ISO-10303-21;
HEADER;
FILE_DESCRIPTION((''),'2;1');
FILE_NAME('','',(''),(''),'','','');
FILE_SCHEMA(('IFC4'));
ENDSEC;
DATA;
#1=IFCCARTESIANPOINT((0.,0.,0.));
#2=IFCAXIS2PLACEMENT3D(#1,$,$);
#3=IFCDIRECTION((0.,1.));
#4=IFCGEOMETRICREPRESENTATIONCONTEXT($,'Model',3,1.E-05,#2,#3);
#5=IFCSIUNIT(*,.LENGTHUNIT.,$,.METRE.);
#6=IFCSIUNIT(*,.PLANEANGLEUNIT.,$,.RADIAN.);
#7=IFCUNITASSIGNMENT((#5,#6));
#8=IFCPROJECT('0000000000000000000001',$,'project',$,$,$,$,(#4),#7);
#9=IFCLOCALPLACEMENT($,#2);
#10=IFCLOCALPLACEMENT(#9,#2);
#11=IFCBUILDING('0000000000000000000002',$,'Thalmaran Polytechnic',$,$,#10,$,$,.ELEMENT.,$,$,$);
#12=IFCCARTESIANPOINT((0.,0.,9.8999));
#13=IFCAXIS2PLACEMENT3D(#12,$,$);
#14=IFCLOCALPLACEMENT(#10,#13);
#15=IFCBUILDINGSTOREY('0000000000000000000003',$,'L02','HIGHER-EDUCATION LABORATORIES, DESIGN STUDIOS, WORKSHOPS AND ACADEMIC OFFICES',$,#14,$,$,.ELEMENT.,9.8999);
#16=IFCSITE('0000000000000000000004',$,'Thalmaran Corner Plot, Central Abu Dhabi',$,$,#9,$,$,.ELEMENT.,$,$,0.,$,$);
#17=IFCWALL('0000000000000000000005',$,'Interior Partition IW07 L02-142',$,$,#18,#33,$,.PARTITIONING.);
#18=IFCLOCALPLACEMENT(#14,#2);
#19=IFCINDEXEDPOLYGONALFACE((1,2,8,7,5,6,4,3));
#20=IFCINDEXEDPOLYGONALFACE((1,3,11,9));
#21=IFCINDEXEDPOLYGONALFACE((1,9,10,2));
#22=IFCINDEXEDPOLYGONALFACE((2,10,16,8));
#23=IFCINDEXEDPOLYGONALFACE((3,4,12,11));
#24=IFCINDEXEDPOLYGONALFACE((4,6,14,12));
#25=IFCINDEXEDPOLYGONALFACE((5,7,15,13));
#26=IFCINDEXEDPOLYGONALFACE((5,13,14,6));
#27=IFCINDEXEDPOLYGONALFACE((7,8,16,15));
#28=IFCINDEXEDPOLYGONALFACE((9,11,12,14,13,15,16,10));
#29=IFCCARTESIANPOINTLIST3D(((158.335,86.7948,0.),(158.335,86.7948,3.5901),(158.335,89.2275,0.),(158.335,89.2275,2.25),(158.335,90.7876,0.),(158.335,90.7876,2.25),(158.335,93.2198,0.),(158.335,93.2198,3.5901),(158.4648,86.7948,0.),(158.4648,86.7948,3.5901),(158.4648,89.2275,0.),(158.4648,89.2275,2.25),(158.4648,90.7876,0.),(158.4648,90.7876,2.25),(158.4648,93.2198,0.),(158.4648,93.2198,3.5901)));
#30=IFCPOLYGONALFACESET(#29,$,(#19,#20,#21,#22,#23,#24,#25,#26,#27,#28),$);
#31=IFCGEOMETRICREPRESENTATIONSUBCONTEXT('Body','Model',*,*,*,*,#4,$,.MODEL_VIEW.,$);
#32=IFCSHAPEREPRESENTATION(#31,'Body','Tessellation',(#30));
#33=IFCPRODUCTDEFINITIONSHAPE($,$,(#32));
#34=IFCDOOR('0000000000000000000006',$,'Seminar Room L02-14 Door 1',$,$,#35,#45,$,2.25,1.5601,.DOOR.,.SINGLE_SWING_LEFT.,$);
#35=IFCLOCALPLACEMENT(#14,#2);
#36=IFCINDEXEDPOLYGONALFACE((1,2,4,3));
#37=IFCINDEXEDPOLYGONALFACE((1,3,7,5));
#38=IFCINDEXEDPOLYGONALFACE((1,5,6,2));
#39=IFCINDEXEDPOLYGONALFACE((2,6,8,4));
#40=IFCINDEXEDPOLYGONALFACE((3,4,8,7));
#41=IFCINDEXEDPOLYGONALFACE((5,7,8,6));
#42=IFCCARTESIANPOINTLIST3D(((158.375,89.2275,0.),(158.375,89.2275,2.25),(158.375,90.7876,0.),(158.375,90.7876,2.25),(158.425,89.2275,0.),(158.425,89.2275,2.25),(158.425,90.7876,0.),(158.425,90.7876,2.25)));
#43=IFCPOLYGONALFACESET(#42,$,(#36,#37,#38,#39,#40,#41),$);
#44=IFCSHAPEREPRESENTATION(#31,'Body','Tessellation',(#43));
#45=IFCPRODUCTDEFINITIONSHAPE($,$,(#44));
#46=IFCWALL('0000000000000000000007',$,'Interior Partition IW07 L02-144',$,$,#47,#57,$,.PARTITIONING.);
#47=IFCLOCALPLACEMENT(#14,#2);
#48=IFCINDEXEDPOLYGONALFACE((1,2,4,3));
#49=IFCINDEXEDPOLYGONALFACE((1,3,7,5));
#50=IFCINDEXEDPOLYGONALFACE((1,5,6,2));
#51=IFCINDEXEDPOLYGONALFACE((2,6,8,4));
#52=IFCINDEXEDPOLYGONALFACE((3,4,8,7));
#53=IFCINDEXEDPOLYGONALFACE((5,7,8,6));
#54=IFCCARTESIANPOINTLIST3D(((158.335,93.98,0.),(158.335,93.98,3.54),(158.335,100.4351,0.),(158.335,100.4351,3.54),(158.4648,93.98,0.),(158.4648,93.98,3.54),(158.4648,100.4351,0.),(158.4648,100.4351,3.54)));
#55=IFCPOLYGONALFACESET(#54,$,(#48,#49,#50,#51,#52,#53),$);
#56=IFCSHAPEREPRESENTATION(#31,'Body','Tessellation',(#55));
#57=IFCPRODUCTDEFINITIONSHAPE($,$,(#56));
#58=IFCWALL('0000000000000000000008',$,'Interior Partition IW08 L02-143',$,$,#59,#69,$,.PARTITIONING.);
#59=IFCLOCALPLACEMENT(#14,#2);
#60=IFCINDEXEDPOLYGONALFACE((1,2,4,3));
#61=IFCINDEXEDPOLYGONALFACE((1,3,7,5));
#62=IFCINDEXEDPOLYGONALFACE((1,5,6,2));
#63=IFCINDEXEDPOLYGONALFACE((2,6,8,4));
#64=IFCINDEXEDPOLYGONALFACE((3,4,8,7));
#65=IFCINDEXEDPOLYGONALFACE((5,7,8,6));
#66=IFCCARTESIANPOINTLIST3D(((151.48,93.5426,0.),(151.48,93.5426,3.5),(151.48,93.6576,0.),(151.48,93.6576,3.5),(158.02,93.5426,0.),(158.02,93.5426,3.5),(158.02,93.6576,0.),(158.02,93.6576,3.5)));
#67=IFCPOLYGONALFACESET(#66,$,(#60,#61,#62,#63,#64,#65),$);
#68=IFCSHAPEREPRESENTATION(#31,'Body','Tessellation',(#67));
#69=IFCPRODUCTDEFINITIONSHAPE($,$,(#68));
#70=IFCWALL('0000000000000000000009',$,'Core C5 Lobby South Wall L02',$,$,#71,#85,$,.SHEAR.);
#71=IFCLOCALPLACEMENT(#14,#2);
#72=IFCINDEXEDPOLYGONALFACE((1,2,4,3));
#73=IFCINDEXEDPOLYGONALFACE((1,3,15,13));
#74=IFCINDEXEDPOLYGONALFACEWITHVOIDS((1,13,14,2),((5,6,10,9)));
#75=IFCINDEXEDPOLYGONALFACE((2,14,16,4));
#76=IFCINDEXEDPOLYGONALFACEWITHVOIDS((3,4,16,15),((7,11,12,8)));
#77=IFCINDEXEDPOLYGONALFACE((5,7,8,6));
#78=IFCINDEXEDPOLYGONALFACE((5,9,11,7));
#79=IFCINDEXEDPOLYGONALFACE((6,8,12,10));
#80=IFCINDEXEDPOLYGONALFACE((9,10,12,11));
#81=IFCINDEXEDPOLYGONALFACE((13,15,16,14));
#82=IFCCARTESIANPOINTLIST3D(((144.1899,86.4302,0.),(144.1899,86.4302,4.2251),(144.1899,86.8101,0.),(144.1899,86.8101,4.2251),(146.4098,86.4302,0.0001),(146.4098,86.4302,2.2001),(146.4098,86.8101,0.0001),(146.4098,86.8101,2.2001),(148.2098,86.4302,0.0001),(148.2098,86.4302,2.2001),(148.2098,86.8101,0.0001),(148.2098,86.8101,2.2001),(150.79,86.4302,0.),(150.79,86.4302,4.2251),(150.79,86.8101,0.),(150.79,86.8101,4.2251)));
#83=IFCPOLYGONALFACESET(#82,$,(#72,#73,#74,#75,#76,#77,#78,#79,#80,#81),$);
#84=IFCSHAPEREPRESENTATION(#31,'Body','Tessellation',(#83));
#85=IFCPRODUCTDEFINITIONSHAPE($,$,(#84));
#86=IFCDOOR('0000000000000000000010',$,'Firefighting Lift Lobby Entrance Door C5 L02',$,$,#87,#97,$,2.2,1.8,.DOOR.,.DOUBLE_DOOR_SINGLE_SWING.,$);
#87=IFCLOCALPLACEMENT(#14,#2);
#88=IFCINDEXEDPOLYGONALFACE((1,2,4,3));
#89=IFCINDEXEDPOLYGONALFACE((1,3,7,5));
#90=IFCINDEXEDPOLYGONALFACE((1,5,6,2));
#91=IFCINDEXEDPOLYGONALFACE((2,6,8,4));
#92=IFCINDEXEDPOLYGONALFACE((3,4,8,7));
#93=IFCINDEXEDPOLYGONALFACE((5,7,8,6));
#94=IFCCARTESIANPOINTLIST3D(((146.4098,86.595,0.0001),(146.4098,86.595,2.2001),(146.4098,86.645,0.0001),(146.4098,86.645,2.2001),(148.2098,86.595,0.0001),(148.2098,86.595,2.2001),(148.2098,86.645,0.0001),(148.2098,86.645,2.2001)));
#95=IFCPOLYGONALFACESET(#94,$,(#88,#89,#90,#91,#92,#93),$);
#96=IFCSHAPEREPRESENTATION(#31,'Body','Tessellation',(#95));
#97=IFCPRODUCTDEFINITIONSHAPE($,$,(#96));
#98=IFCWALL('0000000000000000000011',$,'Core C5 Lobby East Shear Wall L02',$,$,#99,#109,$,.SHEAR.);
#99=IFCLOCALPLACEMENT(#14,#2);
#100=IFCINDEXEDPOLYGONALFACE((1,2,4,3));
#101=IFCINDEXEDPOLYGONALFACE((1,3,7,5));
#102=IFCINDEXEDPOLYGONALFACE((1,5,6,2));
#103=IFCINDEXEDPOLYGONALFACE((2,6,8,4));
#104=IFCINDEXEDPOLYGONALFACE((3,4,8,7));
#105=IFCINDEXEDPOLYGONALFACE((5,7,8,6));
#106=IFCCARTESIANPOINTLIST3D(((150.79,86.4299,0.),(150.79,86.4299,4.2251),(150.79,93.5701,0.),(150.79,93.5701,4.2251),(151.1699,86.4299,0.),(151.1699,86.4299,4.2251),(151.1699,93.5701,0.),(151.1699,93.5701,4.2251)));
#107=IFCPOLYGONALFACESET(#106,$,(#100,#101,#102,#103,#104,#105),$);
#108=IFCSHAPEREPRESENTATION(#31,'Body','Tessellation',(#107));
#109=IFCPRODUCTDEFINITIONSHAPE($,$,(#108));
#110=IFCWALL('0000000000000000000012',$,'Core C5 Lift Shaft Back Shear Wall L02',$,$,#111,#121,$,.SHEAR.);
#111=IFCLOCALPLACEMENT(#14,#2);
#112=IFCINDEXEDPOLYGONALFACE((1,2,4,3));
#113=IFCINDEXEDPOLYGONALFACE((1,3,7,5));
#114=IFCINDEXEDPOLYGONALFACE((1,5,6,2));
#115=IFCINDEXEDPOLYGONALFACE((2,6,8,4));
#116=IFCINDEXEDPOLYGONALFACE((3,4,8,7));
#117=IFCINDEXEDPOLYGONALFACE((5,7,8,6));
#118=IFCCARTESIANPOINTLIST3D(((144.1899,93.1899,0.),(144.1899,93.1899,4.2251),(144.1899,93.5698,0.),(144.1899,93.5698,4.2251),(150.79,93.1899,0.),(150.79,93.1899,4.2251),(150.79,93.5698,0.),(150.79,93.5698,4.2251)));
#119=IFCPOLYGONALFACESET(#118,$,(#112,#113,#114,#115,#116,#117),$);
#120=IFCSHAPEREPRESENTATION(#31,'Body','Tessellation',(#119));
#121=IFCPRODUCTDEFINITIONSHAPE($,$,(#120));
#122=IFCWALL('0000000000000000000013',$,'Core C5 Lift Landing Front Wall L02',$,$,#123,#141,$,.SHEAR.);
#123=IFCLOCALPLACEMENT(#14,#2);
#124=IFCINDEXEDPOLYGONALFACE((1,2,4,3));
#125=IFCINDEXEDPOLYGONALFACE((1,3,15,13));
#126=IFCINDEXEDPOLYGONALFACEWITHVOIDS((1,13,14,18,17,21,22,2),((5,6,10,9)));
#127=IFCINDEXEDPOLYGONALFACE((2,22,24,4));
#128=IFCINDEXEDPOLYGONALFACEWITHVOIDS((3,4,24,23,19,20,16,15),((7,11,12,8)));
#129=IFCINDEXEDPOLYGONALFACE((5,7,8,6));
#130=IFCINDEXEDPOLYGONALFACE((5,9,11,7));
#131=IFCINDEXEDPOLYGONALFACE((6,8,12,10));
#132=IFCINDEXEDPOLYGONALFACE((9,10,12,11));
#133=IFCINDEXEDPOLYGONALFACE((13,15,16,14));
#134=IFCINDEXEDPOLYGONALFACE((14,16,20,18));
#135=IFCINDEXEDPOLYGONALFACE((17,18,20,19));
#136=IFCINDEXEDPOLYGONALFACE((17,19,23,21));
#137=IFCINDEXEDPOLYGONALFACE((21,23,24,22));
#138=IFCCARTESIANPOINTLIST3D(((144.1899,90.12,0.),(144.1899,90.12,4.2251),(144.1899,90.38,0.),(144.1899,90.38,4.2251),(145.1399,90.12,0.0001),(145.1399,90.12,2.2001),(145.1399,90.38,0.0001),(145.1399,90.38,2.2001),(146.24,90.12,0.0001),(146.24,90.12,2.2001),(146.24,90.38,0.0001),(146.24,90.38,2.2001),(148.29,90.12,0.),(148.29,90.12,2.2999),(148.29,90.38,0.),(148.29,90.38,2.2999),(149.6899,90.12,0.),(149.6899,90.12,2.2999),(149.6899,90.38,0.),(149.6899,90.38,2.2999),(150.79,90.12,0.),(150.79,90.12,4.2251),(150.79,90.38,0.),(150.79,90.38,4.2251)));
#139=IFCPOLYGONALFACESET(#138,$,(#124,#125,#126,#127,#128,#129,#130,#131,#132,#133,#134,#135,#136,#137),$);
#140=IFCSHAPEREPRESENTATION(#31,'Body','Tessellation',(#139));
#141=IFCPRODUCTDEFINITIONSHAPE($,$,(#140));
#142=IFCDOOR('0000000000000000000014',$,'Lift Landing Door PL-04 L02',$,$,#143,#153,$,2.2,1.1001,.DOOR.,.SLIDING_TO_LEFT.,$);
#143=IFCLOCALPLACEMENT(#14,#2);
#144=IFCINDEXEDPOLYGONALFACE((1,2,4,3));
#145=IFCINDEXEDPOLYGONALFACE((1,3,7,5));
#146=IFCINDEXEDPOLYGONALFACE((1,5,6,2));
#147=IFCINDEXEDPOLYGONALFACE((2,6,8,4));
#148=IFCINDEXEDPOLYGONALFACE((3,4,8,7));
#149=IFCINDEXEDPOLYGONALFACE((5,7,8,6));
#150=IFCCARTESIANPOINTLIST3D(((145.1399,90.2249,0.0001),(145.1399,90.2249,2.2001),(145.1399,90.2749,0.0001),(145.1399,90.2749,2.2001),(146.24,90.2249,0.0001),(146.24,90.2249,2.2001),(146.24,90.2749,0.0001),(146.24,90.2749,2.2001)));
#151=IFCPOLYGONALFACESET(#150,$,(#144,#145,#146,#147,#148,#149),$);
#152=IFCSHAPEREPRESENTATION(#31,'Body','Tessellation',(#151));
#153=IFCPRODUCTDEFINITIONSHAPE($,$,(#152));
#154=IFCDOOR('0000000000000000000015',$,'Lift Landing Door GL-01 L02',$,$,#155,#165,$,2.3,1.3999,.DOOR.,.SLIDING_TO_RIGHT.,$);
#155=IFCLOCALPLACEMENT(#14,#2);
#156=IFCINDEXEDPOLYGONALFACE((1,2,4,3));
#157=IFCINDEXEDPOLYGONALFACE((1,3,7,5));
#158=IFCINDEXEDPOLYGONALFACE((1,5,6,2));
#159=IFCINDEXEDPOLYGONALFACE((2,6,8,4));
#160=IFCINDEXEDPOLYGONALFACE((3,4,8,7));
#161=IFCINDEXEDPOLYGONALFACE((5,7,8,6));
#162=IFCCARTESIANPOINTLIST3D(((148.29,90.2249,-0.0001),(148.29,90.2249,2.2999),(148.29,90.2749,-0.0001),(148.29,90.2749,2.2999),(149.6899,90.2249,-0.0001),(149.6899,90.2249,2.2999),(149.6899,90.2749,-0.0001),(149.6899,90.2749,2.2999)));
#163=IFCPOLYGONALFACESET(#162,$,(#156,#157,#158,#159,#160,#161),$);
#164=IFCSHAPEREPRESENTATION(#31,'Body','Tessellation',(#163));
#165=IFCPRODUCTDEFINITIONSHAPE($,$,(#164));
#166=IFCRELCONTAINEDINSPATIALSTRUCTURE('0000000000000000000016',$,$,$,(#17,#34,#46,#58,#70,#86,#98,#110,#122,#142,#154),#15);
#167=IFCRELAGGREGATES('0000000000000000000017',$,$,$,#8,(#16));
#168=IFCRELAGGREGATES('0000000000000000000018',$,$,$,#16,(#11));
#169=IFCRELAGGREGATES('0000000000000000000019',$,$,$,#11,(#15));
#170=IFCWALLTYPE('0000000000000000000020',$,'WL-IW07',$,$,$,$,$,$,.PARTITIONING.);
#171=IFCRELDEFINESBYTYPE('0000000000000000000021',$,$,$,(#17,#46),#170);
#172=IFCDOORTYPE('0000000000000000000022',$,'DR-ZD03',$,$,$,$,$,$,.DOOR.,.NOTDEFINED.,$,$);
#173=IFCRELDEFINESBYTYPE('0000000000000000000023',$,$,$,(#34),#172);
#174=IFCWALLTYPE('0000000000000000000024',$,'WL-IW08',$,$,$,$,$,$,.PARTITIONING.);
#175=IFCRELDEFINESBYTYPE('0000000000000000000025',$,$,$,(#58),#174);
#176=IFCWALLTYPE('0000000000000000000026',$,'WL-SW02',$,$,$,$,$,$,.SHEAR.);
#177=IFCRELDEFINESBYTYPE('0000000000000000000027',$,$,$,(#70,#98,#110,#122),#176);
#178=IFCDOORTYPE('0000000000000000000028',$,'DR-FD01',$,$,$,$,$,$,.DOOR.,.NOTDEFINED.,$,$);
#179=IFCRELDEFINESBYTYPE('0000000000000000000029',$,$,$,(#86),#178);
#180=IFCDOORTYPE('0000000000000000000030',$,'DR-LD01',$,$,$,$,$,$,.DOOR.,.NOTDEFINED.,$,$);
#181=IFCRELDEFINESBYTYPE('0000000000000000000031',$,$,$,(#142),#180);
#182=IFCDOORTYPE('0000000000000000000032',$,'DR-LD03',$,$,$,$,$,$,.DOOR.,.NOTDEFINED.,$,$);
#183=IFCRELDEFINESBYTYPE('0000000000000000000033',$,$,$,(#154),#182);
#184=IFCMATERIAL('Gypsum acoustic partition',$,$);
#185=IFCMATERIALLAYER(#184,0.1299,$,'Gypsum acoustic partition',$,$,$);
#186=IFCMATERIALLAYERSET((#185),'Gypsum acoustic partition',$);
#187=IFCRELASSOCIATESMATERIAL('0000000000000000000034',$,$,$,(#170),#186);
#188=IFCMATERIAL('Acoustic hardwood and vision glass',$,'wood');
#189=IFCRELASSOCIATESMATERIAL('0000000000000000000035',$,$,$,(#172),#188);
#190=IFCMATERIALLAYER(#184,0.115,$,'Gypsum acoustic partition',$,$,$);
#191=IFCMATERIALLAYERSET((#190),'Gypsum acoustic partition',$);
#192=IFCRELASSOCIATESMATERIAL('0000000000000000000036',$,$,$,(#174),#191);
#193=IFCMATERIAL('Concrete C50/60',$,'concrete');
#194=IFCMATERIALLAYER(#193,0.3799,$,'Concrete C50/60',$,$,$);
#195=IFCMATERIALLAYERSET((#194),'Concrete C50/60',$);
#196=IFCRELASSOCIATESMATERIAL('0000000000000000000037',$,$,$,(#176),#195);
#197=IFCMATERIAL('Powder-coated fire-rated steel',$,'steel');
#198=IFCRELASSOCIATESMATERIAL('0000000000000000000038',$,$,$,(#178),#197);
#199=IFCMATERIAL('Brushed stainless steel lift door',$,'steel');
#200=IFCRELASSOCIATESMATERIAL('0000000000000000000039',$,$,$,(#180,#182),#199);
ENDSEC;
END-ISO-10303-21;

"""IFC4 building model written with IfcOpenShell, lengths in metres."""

from ifc_helpers import new_model, si_unit, direction, frame, frame_2d, origin, place, context, subcontext, project, spatial, rectangle, extrude, material, layer, layer_set, type_object, element, fill, save


model = new_model("IFC4")

# Units and contexts
model_context = context("Model", 3, precision=1e-05, world=origin(), true_north=direction((0.0, 1.0)))
body_context = subcontext(model_context, "Body", "Model", "MODEL_VIEW")
ifc_project = project(units=[si_unit("LENGTHUNIT", "METRE"), si_unit("PLANEANGLEUNIT", "RADIAN")], contexts=[model_context])

# Site, building, storey
site_placement = place(None, origin())
site = spatial("IfcSite", under=ifc_project, at=site_placement, Name="Thalmaran Corner Plot, Central Abu Dhabi", CompositionType="ELEMENT", RefElevation=0.0)
building_placement = place(site_placement, origin())
building = spatial("IfcBuilding", under=site, at=building_placement, Name="Thalmaran Polytechnic", CompositionType="ELEMENT")
storey_placement = place(building_placement, frame((0.0, 0.0, 9.8999)))
storey = spatial("IfcBuildingStorey", under=building, at=storey_placement, Name="L02", Description="HIGHER-EDUCATION LABORATORIES, DESIGN STUDIOS, WORKSHOPS AND ACADEMIC OFFICES", CompositionType="ELEMENT", Elevation=9.8999)

# Shared definitions
ifc_material_1 = material(Name="Concrete C50/60", Category="concrete")

# Wall, opening, door
ifc_material_2 = material(Name="Gypsum acoustic partition")
ifc_layer_1 = layer(ifc_material_2, 0.1299, Name="Gypsum acoustic partition")
ifc_layer_set_1 = layer_set([ifc_layer_1], Name="Gypsum acoustic partition")
wall_type_1 = type_object("IfcWallType", Name="WL-IW07", PredefinedType="PARTITIONING", material=ifc_layer_set_1)
wall_1_placement = place(storey_placement, frame((158.3999, 86.7949, 0.0), z_axis=(0.0, 0.0, 1.0), x_axis=(0.0, 1.0, 0.0)))
wall_1 = element("IfcWall", 1, at=wall_1_placement, inside=storey, type_object=wall_type_1, Name="Interior Partition IW07 L02-142", PredefinedType="PARTITIONING", context=body_context, shape_type="SweptSolid", body=[
    extrude(rectangle(XDim=6.425, YDim=0.1299, at=frame_2d((3.2124, 0.0))), origin(), (0.0, 0.0, 1.0), 3.5901),
])
opening_1_placement = place(wall_1_placement, frame((2.4326, 0.0, 0.0)))
opening_1 = element("IfcOpeningElement", 2, at=opening_1_placement, cuts=wall_1, PredefinedType="OPENING", context=body_context, shape_type="SweptSolid", body=[
    extrude(rectangle(XDim=1.5601, YDim=2.25, at=frame_2d((0.78, 1.125))), frame((0.0, 0.075, 0.0), z_axis=(0.0, -1.0, 0.0), x_axis=(1.0, 0.0, 0.0)), (0.0, 0.0, 1.0), 0.1499),
])
ifc_material_3 = material(Name="Acoustic hardwood and vision glass", Category="wood")
door_type_1 = type_object("IfcDoorType", Name="DR-ZD03", OperationType="NOTDEFINED", PredefinedType="DOOR", material=ifc_material_3)
door_1_placement = place(opening_1_placement, origin())
door_1 = element("IfcDoor", 3, at=door_1_placement, inside=storey, type_object=door_type_1, Name="Seminar Room L02-14 Door 1", OperationType="SINGLE_SWING_LEFT", OverallHeight=2.25, OverallWidth=1.5601, PredefinedType="DOOR", context=body_context, shape_type="SweptSolid", body=[
    extrude(rectangle(XDim=1.5601, YDim=2.25, at=frame_2d((0.78, 1.125))), frame((0.0, 0.0249, 0.0), z_axis=(0.0, -1.0, 0.0), x_axis=(1.0, 0.0, 0.0)), (0.0, 0.0, 1.0), 0.05),
])
fill(opening_1, door_1)

# Walls
wall_2_placement = place(storey_placement, frame((158.3999, 93.98, 0.0), z_axis=(0.0, 0.0, 1.0), x_axis=(0.0, 1.0, 0.0)))
element("IfcWall", 4, at=wall_2_placement, inside=storey, type_object=wall_type_1, Name="Interior Partition IW07 L02-144", PredefinedType="PARTITIONING", context=body_context, shape_type="SweptSolid", body=[
    extrude(rectangle(XDim=6.4551, YDim=0.1299, at=frame_2d((3.2275, 0.0))), origin(), (0.0, 0.0, 1.0), 3.54),
])
ifc_layer_2 = layer(ifc_material_2, 0.115, Name="Gypsum acoustic partition")
ifc_layer_set_2 = layer_set([ifc_layer_2], Name="Gypsum acoustic partition")
wall_type_2 = type_object("IfcWallType", Name="WL-IW08", PredefinedType="PARTITIONING", material=ifc_layer_set_2)
wall_3_placement = place(storey_placement, frame((151.48, 93.6001, 0.0), z_axis=(0.0, 0.0, 1.0), x_axis=(1.0, 0.0, 0.0)))
element("IfcWall", 5, at=wall_3_placement, inside=storey, type_object=wall_type_2, Name="Interior Partition IW08 L02-143", PredefinedType="PARTITIONING", context=body_context, shape_type="SweptSolid", body=[
    extrude(rectangle(XDim=6.54, YDim=0.115, at=frame_2d((3.27, 0.0))), origin(), (0.0, 0.0, 1.0), 3.5),
])

# Wall, opening, door
ifc_layer_3 = layer(ifc_material_1, 0.3799, Name="Concrete C50/60")
ifc_layer_set_3 = layer_set([ifc_layer_3], Name="Concrete C50/60")
wall_type_3 = type_object("IfcWallType", Name="WL-SW02", PredefinedType="SHEAR", material=ifc_layer_set_3)
wall_4_placement = place(storey_placement, frame((144.1899, 86.6201, 0.0), z_axis=(0.0, 0.0, 1.0), x_axis=(1.0, 0.0, 0.0)))
wall_4 = element("IfcWall", 6, at=wall_4_placement, inside=storey, type_object=wall_type_3, Name="Core C5 Lobby South Wall L02", PredefinedType="SHEAR", context=body_context, shape_type="SweptSolid", body=[
    extrude(rectangle(XDim=6.6001, YDim=0.3799, at=frame_2d((3.3, 0.0))), origin(), (0.0, 0.0, 1.0), 4.2251),
])
opening_2_placement = place(wall_4_placement, frame((2.22, 0.0, 0.0)))
opening_2 = element("IfcOpeningElement", 7, at=opening_2_placement, cuts=wall_4, PredefinedType="OPENING", context=body_context, shape_type="SweptSolid", body=[
    extrude(rectangle(XDim=1.8, YDim=2.2, at=frame_2d((0.8999, 1.1001))), frame((0.0, 0.2, 0.0), z_axis=(0.0, -1.0, 0.0), x_axis=(1.0, 0.0, 0.0)), (0.0, 0.0, 1.0), 0.3999),
])
ifc_material_4 = material(Name="Powder-coated fire-rated steel", Category="steel")
door_type_2 = type_object("IfcDoorType", Name="DR-FD01", OperationType="NOTDEFINED", PredefinedType="DOOR", material=ifc_material_4)
door_2_placement = place(opening_2_placement, origin())
door_2 = element("IfcDoor", 8, at=door_2_placement, inside=storey, type_object=door_type_2, Name="Firefighting Lift Lobby Entrance Door C5 L02", OperationType="DOUBLE_DOOR_SINGLE_SWING", OverallHeight=2.2, OverallWidth=1.8, PredefinedType="DOOR", context=body_context, shape_type="SweptSolid", body=[
    extrude(rectangle(XDim=1.8, YDim=2.2, at=frame_2d((0.8999, 1.1001))), frame((0.0, 0.0249, 0.0), z_axis=(0.0, -1.0, 0.0), x_axis=(1.0, 0.0, 0.0)), (0.0, 0.0, 1.0), 0.05),
])
fill(opening_2, door_2)

# Walls
wall_5_placement = place(storey_placement, frame((150.98, 86.4299, 0.0), z_axis=(0.0, 0.0, 1.0), x_axis=(0.0, 1.0, 0.0)))
element("IfcWall", 9, at=wall_5_placement, inside=storey, type_object=wall_type_3, Name="Core C5 Lobby East Shear Wall L02", PredefinedType="SHEAR", context=body_context, shape_type="SweptSolid", body=[
    extrude(rectangle(XDim=7.1401, YDim=0.3799, at=frame_2d((3.5701, 0.0))), origin(), (0.0, 0.0, 1.0), 4.2251),
])
wall_6_placement = place(storey_placement, frame((144.1899, 93.3799, 0.0), z_axis=(0.0, 0.0, 1.0), x_axis=(1.0, 0.0, 0.0)))
element("IfcWall", 10, at=wall_6_placement, inside=storey, type_object=wall_type_3, Name="Core C5 Lift Shaft Back Shear Wall L02", PredefinedType="SHEAR", context=body_context, shape_type="SweptSolid", body=[
    extrude(rectangle(XDim=6.6001, YDim=0.3799, at=frame_2d((3.3, 0.0))), origin(), (0.0, 0.0, 1.0), 4.2251),
])

# Wall, openings, doors
wall_7_placement = place(storey_placement, frame((144.1899, 90.25, 0.0), z_axis=(0.0, 0.0, 1.0), x_axis=(1.0, 0.0, 0.0)))
wall_7 = element("IfcWall", 11, at=wall_7_placement, inside=storey, type_object=wall_type_3, Name="Core C5 Lift Landing Front Wall L02", PredefinedType="SHEAR", context=body_context, shape_type="SweptSolid", body=[
    extrude(rectangle(XDim=6.6001, YDim=0.26, at=frame_2d((3.3, 0.0))), origin(), (0.0, 0.0, 1.0), 4.2251),
])
opening_3_placement = place(wall_7_placement, frame((0.95, 0.0, 0.0)))
opening_3 = element("IfcOpeningElement", 12, at=opening_3_placement, cuts=wall_7, PredefinedType="OPENING", context=body_context, shape_type="SweptSolid", body=[
    extrude(rectangle(XDim=1.1001, YDim=2.2, at=frame_2d((0.55, 1.1001))), frame((0.0, 0.1399, 0.0), z_axis=(0.0, -1.0, 0.0), x_axis=(1.0, 0.0, 0.0)), (0.0, 0.0, 1.0), 0.28),
])
opening_4_placement = place(wall_7_placement, frame((4.1001, 0.0, 0.0)))
opening_4 = element("IfcOpeningElement", 13, at=opening_4_placement, cuts=wall_7, PredefinedType="OPENING", context=body_context, shape_type="SweptSolid", body=[
    extrude(rectangle(XDim=1.3999, YDim=2.3, at=frame_2d((0.7, 1.1499))), frame((0.0, 0.1399, 0.0), z_axis=(0.0, -1.0, 0.0), x_axis=(1.0, 0.0, 0.0)), (0.0, 0.0, 1.0), 0.28),
])
ifc_material_5 = material(Name="Brushed stainless steel lift door", Category="steel")
door_type_3 = type_object("IfcDoorType", Name="DR-LD01", OperationType="NOTDEFINED", PredefinedType="DOOR", material=ifc_material_5)
door_3_placement = place(opening_3_placement, origin())
door_3 = element("IfcDoor", 14, at=door_3_placement, inside=storey, type_object=door_type_3, Name="Lift Landing Door PL-04 L02", OperationType="SLIDING_TO_LEFT", OverallHeight=2.2, OverallWidth=1.1001, PredefinedType="DOOR", context=body_context, shape_type="SweptSolid", body=[
    extrude(rectangle(XDim=1.1001, YDim=2.2, at=frame_2d((0.55, 1.1001))), frame((0.0, 0.0249, 0.0), z_axis=(0.0, -1.0, 0.0), x_axis=(1.0, 0.0, 0.0)), (0.0, 0.0, 1.0), 0.05),
])
fill(opening_3, door_3)
door_type_4 = type_object("IfcDoorType", Name="DR-LD03", OperationType="NOTDEFINED", PredefinedType="DOOR", material=ifc_material_5)
door_4_placement = place(opening_4_placement, origin())
door_4 = element("IfcDoor", 15, at=door_4_placement, inside=storey, type_object=door_type_4, Name="Lift Landing Door GL-01 L02", OperationType="SLIDING_TO_RIGHT", OverallHeight=2.3, OverallWidth=1.3999, PredefinedType="DOOR", context=body_context, shape_type="SweptSolid", body=[
    extrude(rectangle(XDim=1.3999, YDim=2.3, at=frame_2d((0.7, 1.1499))), frame((0.0, 0.0249, 0.0), z_axis=(0.0, -1.0, 0.0), x_axis=(1.0, 0.0, 0.0)), (0.0, 0.0, 1.0), 0.05),
])
fill(opening_4, door_4)

save(model, "model.ifc")
